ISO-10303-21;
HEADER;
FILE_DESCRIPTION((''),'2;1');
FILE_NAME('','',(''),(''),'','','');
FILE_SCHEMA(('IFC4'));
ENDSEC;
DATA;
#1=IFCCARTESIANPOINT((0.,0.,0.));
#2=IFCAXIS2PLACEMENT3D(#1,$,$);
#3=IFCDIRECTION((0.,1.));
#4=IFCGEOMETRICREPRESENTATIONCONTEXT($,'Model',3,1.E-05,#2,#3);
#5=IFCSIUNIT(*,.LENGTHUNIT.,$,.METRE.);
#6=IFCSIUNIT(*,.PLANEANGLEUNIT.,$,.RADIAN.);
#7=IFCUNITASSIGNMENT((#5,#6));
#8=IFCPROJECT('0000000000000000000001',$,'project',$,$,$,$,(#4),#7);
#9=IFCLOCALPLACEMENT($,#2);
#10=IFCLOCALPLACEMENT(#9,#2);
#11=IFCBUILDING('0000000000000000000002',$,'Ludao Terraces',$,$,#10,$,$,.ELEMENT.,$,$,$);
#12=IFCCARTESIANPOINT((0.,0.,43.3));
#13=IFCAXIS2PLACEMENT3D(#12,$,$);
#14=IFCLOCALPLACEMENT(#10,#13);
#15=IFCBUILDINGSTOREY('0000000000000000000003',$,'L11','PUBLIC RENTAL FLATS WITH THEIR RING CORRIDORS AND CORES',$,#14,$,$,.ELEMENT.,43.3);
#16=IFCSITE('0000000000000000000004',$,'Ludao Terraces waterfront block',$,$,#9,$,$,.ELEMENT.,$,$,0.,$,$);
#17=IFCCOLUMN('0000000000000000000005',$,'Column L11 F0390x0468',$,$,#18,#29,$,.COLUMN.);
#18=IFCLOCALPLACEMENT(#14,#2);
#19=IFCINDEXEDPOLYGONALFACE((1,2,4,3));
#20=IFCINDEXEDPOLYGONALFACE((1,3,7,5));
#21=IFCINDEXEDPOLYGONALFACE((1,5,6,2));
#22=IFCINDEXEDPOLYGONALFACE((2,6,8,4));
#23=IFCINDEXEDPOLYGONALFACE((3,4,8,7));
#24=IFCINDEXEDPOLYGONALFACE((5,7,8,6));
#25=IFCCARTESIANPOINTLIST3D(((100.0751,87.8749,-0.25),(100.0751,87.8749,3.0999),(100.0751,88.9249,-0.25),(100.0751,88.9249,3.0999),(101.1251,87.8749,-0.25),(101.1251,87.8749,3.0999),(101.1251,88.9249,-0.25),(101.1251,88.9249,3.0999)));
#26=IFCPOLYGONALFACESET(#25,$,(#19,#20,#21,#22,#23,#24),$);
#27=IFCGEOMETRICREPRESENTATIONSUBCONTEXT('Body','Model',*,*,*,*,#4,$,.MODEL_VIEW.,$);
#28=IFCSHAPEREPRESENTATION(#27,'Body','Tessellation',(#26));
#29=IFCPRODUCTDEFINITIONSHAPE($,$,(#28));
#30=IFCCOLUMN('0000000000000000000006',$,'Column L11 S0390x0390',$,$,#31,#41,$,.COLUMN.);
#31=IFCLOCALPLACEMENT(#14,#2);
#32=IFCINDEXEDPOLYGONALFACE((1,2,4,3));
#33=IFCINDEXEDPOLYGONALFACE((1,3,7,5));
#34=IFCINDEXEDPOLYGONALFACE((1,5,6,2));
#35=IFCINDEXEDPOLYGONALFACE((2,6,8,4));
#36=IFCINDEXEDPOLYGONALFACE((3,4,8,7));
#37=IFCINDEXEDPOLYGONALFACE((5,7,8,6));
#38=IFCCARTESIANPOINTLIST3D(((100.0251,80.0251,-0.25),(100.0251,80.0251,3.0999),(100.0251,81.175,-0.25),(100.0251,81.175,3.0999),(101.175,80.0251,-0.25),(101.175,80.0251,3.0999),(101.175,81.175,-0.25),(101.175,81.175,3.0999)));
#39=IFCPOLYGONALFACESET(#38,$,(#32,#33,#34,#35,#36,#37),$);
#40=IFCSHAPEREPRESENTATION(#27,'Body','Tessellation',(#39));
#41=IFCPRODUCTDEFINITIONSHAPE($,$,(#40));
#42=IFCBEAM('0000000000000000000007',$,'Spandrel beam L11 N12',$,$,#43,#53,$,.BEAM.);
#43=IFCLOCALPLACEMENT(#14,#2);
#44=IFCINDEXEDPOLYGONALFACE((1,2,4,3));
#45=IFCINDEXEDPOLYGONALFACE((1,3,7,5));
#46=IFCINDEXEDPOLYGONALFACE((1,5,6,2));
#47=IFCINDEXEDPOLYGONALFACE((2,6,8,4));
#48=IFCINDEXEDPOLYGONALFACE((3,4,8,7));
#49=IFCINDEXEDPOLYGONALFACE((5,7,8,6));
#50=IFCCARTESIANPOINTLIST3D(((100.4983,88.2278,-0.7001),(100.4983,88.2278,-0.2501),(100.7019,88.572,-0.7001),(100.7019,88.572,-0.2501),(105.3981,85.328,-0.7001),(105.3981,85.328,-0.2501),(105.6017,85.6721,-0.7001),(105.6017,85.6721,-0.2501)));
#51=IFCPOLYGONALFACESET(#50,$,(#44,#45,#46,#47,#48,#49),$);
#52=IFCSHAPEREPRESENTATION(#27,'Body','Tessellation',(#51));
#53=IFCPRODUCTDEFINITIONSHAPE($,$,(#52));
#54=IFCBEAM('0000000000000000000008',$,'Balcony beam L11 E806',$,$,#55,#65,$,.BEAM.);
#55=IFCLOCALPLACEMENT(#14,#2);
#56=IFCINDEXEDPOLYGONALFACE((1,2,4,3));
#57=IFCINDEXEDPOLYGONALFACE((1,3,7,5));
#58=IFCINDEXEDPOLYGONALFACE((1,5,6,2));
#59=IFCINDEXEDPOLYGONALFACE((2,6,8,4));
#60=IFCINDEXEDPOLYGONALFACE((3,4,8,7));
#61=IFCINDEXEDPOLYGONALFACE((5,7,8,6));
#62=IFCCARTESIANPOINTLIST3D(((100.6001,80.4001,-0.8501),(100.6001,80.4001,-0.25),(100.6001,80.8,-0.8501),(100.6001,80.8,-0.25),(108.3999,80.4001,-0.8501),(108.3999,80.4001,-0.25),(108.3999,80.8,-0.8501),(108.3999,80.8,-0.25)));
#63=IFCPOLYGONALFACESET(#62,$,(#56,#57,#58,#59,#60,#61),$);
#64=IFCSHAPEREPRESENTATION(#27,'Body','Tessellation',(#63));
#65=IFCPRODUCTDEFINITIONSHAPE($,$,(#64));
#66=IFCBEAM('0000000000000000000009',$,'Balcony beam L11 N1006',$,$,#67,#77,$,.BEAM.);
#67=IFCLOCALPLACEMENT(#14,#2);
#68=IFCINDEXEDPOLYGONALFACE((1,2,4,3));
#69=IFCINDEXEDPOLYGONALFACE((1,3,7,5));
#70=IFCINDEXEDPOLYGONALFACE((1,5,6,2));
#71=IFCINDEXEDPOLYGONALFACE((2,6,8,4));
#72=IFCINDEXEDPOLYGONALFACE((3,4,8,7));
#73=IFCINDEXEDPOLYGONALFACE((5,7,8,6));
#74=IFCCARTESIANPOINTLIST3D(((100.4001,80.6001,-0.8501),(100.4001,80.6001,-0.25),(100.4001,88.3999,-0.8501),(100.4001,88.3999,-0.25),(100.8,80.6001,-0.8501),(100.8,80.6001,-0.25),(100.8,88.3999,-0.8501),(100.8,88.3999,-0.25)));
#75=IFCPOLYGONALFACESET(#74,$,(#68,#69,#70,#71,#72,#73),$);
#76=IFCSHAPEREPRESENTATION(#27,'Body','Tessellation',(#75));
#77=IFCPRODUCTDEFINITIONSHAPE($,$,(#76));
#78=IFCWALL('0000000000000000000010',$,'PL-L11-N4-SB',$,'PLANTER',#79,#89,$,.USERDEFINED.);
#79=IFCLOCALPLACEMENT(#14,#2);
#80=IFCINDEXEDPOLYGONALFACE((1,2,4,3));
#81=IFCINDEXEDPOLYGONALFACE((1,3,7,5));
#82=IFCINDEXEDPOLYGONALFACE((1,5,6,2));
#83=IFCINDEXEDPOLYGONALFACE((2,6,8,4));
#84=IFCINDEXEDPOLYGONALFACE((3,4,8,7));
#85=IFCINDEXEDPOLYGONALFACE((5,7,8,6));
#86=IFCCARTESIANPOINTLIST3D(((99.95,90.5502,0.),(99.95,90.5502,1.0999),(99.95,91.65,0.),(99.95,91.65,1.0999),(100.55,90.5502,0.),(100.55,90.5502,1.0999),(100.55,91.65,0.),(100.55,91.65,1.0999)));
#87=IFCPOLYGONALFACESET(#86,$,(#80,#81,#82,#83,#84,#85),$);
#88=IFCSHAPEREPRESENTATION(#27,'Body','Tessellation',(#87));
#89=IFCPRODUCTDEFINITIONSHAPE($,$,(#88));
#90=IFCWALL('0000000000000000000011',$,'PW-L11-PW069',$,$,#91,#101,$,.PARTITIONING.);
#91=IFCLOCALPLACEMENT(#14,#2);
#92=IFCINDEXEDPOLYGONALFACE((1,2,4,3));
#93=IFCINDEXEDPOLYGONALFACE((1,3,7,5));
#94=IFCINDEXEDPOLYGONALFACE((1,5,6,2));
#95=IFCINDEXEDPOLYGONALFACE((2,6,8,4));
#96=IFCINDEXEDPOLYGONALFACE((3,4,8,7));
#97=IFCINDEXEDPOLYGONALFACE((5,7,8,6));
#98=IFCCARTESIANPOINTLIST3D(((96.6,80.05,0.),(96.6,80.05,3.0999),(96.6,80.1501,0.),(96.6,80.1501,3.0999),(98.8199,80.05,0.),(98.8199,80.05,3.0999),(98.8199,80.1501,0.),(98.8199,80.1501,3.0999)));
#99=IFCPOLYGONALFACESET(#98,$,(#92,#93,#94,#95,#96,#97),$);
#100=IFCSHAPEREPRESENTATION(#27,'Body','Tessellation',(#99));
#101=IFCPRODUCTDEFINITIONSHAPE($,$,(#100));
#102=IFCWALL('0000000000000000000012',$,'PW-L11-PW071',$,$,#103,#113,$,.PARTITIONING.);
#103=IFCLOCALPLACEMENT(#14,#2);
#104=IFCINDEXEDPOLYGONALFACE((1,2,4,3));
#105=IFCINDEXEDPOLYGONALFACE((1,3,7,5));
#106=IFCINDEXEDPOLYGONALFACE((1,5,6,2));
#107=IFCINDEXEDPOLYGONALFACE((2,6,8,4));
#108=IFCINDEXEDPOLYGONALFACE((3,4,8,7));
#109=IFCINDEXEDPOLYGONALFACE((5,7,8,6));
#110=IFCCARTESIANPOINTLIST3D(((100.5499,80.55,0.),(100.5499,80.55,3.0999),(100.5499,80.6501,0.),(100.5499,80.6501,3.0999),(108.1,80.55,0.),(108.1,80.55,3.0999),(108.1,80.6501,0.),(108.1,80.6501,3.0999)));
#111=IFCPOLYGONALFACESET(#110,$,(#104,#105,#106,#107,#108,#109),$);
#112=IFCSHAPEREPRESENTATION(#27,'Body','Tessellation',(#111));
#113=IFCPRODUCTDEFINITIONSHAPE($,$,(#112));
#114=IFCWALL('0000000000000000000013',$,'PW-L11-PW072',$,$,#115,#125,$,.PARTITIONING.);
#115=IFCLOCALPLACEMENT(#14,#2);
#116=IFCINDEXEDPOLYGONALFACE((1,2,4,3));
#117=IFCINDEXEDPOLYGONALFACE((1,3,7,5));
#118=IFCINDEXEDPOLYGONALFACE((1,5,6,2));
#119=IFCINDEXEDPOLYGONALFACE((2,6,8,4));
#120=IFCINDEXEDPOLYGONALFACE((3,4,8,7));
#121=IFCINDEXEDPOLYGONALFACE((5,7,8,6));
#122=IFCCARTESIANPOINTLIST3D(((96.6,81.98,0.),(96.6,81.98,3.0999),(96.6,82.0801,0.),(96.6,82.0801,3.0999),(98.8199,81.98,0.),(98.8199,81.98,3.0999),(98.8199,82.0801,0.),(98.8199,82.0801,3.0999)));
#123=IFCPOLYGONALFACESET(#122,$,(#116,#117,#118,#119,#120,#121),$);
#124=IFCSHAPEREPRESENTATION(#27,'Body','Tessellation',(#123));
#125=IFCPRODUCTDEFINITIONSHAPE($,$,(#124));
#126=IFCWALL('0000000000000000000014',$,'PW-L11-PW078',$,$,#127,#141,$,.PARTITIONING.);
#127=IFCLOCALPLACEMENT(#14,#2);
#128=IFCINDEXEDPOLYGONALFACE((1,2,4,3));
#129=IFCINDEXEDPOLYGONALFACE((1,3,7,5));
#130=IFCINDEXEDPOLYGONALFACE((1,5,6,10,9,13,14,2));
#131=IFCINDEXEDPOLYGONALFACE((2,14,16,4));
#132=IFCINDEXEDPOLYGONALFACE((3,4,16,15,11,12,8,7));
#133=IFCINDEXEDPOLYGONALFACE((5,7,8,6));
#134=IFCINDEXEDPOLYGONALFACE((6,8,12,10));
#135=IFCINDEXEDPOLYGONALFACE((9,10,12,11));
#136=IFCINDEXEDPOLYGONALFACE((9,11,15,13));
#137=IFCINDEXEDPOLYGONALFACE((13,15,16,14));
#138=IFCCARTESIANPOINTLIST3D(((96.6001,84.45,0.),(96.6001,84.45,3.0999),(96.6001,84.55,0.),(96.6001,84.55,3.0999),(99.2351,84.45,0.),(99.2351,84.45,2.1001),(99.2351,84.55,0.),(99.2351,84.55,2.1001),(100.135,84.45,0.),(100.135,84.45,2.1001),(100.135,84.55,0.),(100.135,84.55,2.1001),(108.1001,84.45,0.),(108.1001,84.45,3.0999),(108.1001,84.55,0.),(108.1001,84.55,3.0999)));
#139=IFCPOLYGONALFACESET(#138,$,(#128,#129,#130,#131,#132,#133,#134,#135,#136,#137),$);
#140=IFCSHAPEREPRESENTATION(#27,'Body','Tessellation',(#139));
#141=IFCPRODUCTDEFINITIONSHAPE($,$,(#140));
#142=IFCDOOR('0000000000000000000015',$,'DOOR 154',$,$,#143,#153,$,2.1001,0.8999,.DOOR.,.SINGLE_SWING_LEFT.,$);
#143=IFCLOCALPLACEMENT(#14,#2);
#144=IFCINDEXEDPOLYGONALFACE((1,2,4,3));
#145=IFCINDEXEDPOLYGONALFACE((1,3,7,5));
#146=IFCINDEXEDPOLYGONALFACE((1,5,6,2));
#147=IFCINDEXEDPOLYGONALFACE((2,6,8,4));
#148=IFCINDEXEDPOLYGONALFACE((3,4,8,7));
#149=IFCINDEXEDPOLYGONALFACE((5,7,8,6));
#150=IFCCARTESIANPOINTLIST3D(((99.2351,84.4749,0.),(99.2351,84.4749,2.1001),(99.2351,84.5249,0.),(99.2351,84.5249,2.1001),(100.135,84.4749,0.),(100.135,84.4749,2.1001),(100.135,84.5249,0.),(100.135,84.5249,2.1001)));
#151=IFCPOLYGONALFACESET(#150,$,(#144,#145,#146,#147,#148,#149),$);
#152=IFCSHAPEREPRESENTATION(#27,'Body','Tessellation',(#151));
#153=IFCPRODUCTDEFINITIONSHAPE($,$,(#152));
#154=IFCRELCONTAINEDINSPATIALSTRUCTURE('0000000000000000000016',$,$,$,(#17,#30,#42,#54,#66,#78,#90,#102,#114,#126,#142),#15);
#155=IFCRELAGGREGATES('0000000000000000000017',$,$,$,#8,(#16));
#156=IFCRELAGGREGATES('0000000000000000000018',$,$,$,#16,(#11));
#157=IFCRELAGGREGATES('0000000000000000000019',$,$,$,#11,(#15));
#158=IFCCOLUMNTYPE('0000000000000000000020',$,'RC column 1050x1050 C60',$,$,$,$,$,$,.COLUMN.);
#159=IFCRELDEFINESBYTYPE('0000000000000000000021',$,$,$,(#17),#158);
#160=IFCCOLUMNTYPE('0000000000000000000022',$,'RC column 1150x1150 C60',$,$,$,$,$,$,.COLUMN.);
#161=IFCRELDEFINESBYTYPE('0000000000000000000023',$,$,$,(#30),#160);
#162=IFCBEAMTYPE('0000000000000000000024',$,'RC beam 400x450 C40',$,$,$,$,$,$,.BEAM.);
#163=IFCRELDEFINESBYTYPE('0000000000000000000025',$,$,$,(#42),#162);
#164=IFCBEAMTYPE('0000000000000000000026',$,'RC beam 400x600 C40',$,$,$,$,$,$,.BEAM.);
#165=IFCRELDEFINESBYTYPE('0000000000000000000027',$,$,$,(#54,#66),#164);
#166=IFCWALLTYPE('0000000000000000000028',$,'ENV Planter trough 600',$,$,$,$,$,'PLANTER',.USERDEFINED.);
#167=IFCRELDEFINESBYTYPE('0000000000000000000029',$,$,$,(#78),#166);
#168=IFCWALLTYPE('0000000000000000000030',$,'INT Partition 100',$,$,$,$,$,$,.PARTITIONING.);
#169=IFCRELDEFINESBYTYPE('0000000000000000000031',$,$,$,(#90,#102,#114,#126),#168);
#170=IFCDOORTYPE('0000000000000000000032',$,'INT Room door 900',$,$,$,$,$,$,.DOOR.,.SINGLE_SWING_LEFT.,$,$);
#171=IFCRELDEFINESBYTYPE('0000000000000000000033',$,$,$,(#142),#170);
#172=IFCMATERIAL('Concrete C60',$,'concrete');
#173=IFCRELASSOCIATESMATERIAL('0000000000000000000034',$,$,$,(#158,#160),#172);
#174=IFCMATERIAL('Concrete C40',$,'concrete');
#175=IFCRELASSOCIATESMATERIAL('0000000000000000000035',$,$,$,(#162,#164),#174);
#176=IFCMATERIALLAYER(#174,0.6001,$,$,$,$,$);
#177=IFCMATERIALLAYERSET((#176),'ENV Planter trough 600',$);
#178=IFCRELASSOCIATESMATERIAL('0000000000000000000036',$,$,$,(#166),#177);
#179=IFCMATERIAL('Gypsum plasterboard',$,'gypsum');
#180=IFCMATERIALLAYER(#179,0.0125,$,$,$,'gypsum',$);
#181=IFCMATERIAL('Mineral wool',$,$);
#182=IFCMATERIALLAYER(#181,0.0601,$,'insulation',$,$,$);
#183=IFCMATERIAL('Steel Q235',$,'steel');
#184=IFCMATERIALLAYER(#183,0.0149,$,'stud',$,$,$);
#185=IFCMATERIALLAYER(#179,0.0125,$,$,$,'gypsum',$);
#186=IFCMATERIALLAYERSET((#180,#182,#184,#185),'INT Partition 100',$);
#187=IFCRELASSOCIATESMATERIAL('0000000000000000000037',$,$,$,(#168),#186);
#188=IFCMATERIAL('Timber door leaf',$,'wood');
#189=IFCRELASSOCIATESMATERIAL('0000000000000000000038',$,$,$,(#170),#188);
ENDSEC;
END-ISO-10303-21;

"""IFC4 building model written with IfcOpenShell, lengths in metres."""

from ifc_helpers import new_model, si_unit, direction, frame, frame_2d, origin, origin_2d, place, context, subcontext, project, spatial, rectangle, extrude, material, layer, layer_set, material_profile, profile_set, type_object, element, fill, save


model = new_model("IFC4")

# Units and contexts
model_context = context("Model", 3, precision=1e-05, world=origin(), true_north=direction((0.0, 1.0)))
body_context = subcontext(model_context, "Body", "Model", "MODEL_VIEW")
ifc_project = project(units=[si_unit("LENGTHUNIT", "METRE"), si_unit("PLANEANGLEUNIT", "RADIAN")], contexts=[model_context])

# Site, building, storey
site_placement = place(None, origin())
site = spatial("IfcSite", under=ifc_project, at=site_placement, Name="Ludao Terraces waterfront block", CompositionType="ELEMENT", RefElevation=0.0)
building_placement = place(site_placement, origin())
building = spatial("IfcBuilding", under=site, at=building_placement, Name="Ludao Terraces", CompositionType="ELEMENT")
storey_placement = place(building_placement, frame((0.0, 0.0, 43.3)))
storey = spatial("IfcBuildingStorey", under=building, at=storey_placement, Name="L11", Description="PUBLIC RENTAL FLATS WITH THEIR RING CORRIDORS AND CORES", CompositionType="ELEMENT", Elevation=43.3)

# Columns
ifc_material_1 = material(Name="Concrete C60", Category="concrete")
ifc_material_profile_1 = material_profile(ifc_material_1, rectangle(XDim=1.05, YDim=1.05, at=origin_2d()), Name="1050 X 1050")
ifc_profile_set_1 = profile_set([ifc_material_profile_1], Name="Concrete C60")
column_type_1 = type_object("IfcColumnType", Name="RC column 1050x1050 C60", PredefinedType="COLUMN", material=ifc_profile_set_1)
column_1_placement = place(storey_placement, frame((100.6001, 88.3999, -0.25), z_axis=(0.0, 0.0, 1.0), x_axis=(1.0, 0.0, 0.0)))
element("IfcColumn", 1, at=column_1_placement, inside=storey, type_object=column_type_1, Name="Column L11 F0390x0468", PredefinedType="COLUMN", context=body_context, shape_type="SweptSolid", body=[
    extrude(rectangle(XDim=1.05, YDim=1.05, at=origin_2d()), origin(), (0.0, 0.0, 1.0), 3.3499),
])
ifc_material_profile_2 = material_profile(ifc_material_1, rectangle(XDim=1.1499, YDim=1.1499, at=origin_2d()), Name="1150 X 1150")
ifc_profile_set_2 = profile_set([ifc_material_profile_2], Name="Concrete C60")
column_type_2 = type_object("IfcColumnType", Name="RC column 1150x1150 C60", PredefinedType="COLUMN", material=ifc_profile_set_2)
column_2_placement = place(storey_placement, frame((100.6001, 80.6001, -0.25), z_axis=(0.0, 0.0, 1.0), x_axis=(1.0, 0.0, 0.0)))
element("IfcColumn", 2, at=column_2_placement, inside=storey, type_object=column_type_2, Name="Column L11 S0390x0390", PredefinedType="COLUMN", context=body_context, shape_type="SweptSolid", body=[
    extrude(rectangle(XDim=1.1499, YDim=1.1499, at=origin_2d()), origin(), (0.0, 0.0, 1.0), 3.3499),
])

# Beams
ifc_material_2 = material(Name="Concrete C40", Category="concrete")
ifc_material_profile_3 = material_profile(ifc_material_2, rectangle(XDim=0.3999, YDim=0.45, at=origin_2d()), Name="400 X 450")
ifc_profile_set_3 = profile_set([ifc_material_profile_3], Name="Concrete C40")
beam_type_1 = type_object("IfcBeamType", Name="RC beam 400x450 C40", PredefinedType="BEAM", material=ifc_profile_set_3)
beam_placement = place(storey_placement, frame((100.6001, 88.3999, -0.4751), z_axis=(0.86058, -0.509316, 0.0), x_axis=(0.509316, 0.86058, 0.0)))
element("IfcBeam", 3, at=beam_placement, inside=storey, type_object=beam_type_1, Name="Spandrel beam L11 N12", PredefinedType="BEAM", context=body_context, shape_type="SweptSolid", body=[
    extrude(rectangle(XDim=0.3999, YDim=0.45, at=origin_2d()), origin(), (0.0, 0.0, 1.0), 5.6936),
])
ifc_material_profile_4 = material_profile(ifc_material_2, rectangle(XDim=0.3999, YDim=0.6001, at=origin_2d()), Name="400 X 600")
ifc_profile_set_4 = profile_set([ifc_material_profile_4], Name="Concrete C40")
beam_type_2 = type_object("IfcBeamType", Name="RC beam 400x600 C40", PredefinedType="BEAM", material=ifc_profile_set_4)
for number, where, z_axis, x_axis, name in (
    (4, (100.6001, 80.6001, -0.55), (1.0, 0.0, 0.0), (0.0, 1.0, 0.0), "Balcony beam L11 E806"),
    (5, (100.6001, 80.6001, -0.55), (0.0, 1.0, 0.0), (-1.0, 0.0, 0.0), "Balcony beam L11 N1006"),
):
    element("IfcBeam", number, at=place(storey_placement, frame(where, z_axis=z_axis, x_axis=x_axis)), inside=storey, type_object=beam_type_2, Name=name, PredefinedType="BEAM", context=body_context, shape_type="SweptSolid", body=[
        extrude(rectangle(XDim=0.3999, YDim=0.6001, at=origin_2d()), origin(), (0.0, 0.0, 1.0), 7.7998),
    ])

# Walls
ifc_layer_1 = layer(ifc_material_2, 0.6001)
ifc_layer_set_1 = layer_set([ifc_layer_1], Name="ENV Planter trough 600")
wall_type_1 = type_object("IfcWallType", Name="ENV Planter trough 600", ElementType="PLANTER", PredefinedType="USERDEFINED", material=ifc_layer_set_1)
wall_1_placement = place(storey_placement, frame((100.25, 91.6499, 0.0), z_axis=(0.0, 0.0, 1.0), x_axis=(0.0, -1.0, 0.0)))
element("IfcWall", 6, at=wall_1_placement, inside=storey, type_object=wall_type_1, Name="PL-L11-N4-SB", ObjectType="PLANTER", PredefinedType="USERDEFINED", context=body_context, shape_type="SweptSolid", body=[
    extrude(rectangle(XDim=1.0999, YDim=0.6001, at=frame_2d((0.5498, 0.0))), origin(), (0.0, 0.0, 1.0), 1.0999),
])
ifc_material_3 = material(Name="Gypsum plasterboard", Category="gypsum")
ifc_layer_2 = layer(ifc_material_3, 0.0125, Category="gypsum")
ifc_material_4 = material(Name="Mineral wool")
ifc_layer_3 = layer(ifc_material_4, 0.0601, Name="insulation")
ifc_material_5 = material(Name="Steel Q235", Category="steel")
ifc_layer_4 = layer(ifc_material_5, 0.0149, Name="stud")
ifc_layer_5 = layer(ifc_material_3, 0.0125, Category="gypsum")
ifc_layer_set_2 = layer_set([ifc_layer_2, ifc_layer_3, ifc_layer_4, ifc_layer_5], Name="INT Partition 100")
wall_type_2 = type_object("IfcWallType", Name="INT Partition 100", PredefinedType="PARTITIONING", material=ifc_layer_set_2)
wall_2_placement = place(storey_placement, frame((96.6001, 80.1001, 0.0), z_axis=(0.0, 0.0, 1.0), x_axis=(1.0, 0.0, 0.0)))
element("IfcWall", 7, at=wall_2_placement, inside=storey, type_object=wall_type_2, Name="PW-L11-PW069", PredefinedType="PARTITIONING", context=body_context, shape_type="SweptSolid", body=[
    extrude(rectangle(XDim=2.22, YDim=0.1001, at=frame_2d((1.1099, 0.0))), origin(), (0.0, 0.0, 1.0), 3.0999),
])
wall_3_placement = place(storey_placement, frame((100.55, 80.6001, 0.0), z_axis=(0.0, 0.0, 1.0), x_axis=(1.0, 0.0, 0.0)))
element("IfcWall", 8, at=wall_3_placement, inside=storey, type_object=wall_type_2, Name="PW-L11-PW071", PredefinedType="PARTITIONING", context=body_context, shape_type="SweptSolid", body=[
    extrude(rectangle(XDim=7.55, YDim=0.1001, at=frame_2d((3.7749, 0.0))), origin(), (0.0, 0.0, 1.0), 3.0999),
])
wall_4_placement = place(storey_placement, frame((96.6001, 82.03, 0.0), z_axis=(0.0, 0.0, 1.0), x_axis=(1.0, 0.0, 0.0)))
element("IfcWall", 9, at=wall_4_placement, inside=storey, type_object=wall_type_2, Name="PW-L11-PW072", PredefinedType="PARTITIONING", context=body_context, shape_type="SweptSolid", body=[
    extrude(rectangle(XDim=2.22, YDim=0.1001, at=frame_2d((1.1099, 0.0))), origin(), (0.0, 0.0, 1.0), 3.0999),
])

# Wall, opening, door
wall_5_placement = place(storey_placement, frame((96.6001, 84.5, 0.0), z_axis=(0.0, 0.0, 1.0), x_axis=(1.0, 0.0, 0.0)))
wall_5 = element("IfcWall", 10, at=wall_5_placement, inside=storey, type_object=wall_type_2, Name="PW-L11-PW078", PredefinedType="PARTITIONING", context=body_context, shape_type="SweptSolid", body=[
    extrude(rectangle(XDim=11.5, YDim=0.1001, at=frame_2d((5.75, 0.0))), origin(), (0.0, 0.0, 1.0), 3.0999),
])
opening_1_placement = place(wall_5_placement, frame((2.635, 0.0, 0.0)))
opening_1 = element("IfcOpeningElement", 11, at=opening_1_placement, cuts=wall_5, PredefinedType="OPENING", context=body_context, shape_type="SweptSolid", body=[
    extrude(rectangle(XDim=0.8999, YDim=2.1001, at=frame_2d((0.45, 1.05))), frame((0.0, 0.0601, 0.0), z_axis=(0.0, -1.0, 0.0), x_axis=(1.0, 0.0, 0.0)), (0.0, 0.0, 1.0), 0.1201),
])
ifc_material_6 = material(Name="Timber door leaf", Category="wood")
door_type_1 = type_object("IfcDoorType", Name="INT Room door 900", OperationType="SINGLE_SWING_LEFT", PredefinedType="DOOR", material=ifc_material_6)
door_1_placement = place(opening_1_placement, origin())
door_1 = element("IfcDoor", 12, at=door_1_placement, inside=storey, type_object=door_type_1, Name="DOOR 154", OperationType="SINGLE_SWING_LEFT", OverallHeight=2.1001, OverallWidth=0.8999, PredefinedType="DOOR", context=body_context, shape_type="SweptSolid", body=[
    extrude(rectangle(XDim=0.8999, YDim=2.1001, at=frame_2d((0.45, 1.05))), frame((0.0, 0.0249, 0.0), z_axis=(0.0, -1.0, 0.0), x_axis=(1.0, 0.0, 0.0)), (0.0, 0.0, 1.0), 0.05),
])
fill(opening_1, door_1)

save(model, "model.ifc")
